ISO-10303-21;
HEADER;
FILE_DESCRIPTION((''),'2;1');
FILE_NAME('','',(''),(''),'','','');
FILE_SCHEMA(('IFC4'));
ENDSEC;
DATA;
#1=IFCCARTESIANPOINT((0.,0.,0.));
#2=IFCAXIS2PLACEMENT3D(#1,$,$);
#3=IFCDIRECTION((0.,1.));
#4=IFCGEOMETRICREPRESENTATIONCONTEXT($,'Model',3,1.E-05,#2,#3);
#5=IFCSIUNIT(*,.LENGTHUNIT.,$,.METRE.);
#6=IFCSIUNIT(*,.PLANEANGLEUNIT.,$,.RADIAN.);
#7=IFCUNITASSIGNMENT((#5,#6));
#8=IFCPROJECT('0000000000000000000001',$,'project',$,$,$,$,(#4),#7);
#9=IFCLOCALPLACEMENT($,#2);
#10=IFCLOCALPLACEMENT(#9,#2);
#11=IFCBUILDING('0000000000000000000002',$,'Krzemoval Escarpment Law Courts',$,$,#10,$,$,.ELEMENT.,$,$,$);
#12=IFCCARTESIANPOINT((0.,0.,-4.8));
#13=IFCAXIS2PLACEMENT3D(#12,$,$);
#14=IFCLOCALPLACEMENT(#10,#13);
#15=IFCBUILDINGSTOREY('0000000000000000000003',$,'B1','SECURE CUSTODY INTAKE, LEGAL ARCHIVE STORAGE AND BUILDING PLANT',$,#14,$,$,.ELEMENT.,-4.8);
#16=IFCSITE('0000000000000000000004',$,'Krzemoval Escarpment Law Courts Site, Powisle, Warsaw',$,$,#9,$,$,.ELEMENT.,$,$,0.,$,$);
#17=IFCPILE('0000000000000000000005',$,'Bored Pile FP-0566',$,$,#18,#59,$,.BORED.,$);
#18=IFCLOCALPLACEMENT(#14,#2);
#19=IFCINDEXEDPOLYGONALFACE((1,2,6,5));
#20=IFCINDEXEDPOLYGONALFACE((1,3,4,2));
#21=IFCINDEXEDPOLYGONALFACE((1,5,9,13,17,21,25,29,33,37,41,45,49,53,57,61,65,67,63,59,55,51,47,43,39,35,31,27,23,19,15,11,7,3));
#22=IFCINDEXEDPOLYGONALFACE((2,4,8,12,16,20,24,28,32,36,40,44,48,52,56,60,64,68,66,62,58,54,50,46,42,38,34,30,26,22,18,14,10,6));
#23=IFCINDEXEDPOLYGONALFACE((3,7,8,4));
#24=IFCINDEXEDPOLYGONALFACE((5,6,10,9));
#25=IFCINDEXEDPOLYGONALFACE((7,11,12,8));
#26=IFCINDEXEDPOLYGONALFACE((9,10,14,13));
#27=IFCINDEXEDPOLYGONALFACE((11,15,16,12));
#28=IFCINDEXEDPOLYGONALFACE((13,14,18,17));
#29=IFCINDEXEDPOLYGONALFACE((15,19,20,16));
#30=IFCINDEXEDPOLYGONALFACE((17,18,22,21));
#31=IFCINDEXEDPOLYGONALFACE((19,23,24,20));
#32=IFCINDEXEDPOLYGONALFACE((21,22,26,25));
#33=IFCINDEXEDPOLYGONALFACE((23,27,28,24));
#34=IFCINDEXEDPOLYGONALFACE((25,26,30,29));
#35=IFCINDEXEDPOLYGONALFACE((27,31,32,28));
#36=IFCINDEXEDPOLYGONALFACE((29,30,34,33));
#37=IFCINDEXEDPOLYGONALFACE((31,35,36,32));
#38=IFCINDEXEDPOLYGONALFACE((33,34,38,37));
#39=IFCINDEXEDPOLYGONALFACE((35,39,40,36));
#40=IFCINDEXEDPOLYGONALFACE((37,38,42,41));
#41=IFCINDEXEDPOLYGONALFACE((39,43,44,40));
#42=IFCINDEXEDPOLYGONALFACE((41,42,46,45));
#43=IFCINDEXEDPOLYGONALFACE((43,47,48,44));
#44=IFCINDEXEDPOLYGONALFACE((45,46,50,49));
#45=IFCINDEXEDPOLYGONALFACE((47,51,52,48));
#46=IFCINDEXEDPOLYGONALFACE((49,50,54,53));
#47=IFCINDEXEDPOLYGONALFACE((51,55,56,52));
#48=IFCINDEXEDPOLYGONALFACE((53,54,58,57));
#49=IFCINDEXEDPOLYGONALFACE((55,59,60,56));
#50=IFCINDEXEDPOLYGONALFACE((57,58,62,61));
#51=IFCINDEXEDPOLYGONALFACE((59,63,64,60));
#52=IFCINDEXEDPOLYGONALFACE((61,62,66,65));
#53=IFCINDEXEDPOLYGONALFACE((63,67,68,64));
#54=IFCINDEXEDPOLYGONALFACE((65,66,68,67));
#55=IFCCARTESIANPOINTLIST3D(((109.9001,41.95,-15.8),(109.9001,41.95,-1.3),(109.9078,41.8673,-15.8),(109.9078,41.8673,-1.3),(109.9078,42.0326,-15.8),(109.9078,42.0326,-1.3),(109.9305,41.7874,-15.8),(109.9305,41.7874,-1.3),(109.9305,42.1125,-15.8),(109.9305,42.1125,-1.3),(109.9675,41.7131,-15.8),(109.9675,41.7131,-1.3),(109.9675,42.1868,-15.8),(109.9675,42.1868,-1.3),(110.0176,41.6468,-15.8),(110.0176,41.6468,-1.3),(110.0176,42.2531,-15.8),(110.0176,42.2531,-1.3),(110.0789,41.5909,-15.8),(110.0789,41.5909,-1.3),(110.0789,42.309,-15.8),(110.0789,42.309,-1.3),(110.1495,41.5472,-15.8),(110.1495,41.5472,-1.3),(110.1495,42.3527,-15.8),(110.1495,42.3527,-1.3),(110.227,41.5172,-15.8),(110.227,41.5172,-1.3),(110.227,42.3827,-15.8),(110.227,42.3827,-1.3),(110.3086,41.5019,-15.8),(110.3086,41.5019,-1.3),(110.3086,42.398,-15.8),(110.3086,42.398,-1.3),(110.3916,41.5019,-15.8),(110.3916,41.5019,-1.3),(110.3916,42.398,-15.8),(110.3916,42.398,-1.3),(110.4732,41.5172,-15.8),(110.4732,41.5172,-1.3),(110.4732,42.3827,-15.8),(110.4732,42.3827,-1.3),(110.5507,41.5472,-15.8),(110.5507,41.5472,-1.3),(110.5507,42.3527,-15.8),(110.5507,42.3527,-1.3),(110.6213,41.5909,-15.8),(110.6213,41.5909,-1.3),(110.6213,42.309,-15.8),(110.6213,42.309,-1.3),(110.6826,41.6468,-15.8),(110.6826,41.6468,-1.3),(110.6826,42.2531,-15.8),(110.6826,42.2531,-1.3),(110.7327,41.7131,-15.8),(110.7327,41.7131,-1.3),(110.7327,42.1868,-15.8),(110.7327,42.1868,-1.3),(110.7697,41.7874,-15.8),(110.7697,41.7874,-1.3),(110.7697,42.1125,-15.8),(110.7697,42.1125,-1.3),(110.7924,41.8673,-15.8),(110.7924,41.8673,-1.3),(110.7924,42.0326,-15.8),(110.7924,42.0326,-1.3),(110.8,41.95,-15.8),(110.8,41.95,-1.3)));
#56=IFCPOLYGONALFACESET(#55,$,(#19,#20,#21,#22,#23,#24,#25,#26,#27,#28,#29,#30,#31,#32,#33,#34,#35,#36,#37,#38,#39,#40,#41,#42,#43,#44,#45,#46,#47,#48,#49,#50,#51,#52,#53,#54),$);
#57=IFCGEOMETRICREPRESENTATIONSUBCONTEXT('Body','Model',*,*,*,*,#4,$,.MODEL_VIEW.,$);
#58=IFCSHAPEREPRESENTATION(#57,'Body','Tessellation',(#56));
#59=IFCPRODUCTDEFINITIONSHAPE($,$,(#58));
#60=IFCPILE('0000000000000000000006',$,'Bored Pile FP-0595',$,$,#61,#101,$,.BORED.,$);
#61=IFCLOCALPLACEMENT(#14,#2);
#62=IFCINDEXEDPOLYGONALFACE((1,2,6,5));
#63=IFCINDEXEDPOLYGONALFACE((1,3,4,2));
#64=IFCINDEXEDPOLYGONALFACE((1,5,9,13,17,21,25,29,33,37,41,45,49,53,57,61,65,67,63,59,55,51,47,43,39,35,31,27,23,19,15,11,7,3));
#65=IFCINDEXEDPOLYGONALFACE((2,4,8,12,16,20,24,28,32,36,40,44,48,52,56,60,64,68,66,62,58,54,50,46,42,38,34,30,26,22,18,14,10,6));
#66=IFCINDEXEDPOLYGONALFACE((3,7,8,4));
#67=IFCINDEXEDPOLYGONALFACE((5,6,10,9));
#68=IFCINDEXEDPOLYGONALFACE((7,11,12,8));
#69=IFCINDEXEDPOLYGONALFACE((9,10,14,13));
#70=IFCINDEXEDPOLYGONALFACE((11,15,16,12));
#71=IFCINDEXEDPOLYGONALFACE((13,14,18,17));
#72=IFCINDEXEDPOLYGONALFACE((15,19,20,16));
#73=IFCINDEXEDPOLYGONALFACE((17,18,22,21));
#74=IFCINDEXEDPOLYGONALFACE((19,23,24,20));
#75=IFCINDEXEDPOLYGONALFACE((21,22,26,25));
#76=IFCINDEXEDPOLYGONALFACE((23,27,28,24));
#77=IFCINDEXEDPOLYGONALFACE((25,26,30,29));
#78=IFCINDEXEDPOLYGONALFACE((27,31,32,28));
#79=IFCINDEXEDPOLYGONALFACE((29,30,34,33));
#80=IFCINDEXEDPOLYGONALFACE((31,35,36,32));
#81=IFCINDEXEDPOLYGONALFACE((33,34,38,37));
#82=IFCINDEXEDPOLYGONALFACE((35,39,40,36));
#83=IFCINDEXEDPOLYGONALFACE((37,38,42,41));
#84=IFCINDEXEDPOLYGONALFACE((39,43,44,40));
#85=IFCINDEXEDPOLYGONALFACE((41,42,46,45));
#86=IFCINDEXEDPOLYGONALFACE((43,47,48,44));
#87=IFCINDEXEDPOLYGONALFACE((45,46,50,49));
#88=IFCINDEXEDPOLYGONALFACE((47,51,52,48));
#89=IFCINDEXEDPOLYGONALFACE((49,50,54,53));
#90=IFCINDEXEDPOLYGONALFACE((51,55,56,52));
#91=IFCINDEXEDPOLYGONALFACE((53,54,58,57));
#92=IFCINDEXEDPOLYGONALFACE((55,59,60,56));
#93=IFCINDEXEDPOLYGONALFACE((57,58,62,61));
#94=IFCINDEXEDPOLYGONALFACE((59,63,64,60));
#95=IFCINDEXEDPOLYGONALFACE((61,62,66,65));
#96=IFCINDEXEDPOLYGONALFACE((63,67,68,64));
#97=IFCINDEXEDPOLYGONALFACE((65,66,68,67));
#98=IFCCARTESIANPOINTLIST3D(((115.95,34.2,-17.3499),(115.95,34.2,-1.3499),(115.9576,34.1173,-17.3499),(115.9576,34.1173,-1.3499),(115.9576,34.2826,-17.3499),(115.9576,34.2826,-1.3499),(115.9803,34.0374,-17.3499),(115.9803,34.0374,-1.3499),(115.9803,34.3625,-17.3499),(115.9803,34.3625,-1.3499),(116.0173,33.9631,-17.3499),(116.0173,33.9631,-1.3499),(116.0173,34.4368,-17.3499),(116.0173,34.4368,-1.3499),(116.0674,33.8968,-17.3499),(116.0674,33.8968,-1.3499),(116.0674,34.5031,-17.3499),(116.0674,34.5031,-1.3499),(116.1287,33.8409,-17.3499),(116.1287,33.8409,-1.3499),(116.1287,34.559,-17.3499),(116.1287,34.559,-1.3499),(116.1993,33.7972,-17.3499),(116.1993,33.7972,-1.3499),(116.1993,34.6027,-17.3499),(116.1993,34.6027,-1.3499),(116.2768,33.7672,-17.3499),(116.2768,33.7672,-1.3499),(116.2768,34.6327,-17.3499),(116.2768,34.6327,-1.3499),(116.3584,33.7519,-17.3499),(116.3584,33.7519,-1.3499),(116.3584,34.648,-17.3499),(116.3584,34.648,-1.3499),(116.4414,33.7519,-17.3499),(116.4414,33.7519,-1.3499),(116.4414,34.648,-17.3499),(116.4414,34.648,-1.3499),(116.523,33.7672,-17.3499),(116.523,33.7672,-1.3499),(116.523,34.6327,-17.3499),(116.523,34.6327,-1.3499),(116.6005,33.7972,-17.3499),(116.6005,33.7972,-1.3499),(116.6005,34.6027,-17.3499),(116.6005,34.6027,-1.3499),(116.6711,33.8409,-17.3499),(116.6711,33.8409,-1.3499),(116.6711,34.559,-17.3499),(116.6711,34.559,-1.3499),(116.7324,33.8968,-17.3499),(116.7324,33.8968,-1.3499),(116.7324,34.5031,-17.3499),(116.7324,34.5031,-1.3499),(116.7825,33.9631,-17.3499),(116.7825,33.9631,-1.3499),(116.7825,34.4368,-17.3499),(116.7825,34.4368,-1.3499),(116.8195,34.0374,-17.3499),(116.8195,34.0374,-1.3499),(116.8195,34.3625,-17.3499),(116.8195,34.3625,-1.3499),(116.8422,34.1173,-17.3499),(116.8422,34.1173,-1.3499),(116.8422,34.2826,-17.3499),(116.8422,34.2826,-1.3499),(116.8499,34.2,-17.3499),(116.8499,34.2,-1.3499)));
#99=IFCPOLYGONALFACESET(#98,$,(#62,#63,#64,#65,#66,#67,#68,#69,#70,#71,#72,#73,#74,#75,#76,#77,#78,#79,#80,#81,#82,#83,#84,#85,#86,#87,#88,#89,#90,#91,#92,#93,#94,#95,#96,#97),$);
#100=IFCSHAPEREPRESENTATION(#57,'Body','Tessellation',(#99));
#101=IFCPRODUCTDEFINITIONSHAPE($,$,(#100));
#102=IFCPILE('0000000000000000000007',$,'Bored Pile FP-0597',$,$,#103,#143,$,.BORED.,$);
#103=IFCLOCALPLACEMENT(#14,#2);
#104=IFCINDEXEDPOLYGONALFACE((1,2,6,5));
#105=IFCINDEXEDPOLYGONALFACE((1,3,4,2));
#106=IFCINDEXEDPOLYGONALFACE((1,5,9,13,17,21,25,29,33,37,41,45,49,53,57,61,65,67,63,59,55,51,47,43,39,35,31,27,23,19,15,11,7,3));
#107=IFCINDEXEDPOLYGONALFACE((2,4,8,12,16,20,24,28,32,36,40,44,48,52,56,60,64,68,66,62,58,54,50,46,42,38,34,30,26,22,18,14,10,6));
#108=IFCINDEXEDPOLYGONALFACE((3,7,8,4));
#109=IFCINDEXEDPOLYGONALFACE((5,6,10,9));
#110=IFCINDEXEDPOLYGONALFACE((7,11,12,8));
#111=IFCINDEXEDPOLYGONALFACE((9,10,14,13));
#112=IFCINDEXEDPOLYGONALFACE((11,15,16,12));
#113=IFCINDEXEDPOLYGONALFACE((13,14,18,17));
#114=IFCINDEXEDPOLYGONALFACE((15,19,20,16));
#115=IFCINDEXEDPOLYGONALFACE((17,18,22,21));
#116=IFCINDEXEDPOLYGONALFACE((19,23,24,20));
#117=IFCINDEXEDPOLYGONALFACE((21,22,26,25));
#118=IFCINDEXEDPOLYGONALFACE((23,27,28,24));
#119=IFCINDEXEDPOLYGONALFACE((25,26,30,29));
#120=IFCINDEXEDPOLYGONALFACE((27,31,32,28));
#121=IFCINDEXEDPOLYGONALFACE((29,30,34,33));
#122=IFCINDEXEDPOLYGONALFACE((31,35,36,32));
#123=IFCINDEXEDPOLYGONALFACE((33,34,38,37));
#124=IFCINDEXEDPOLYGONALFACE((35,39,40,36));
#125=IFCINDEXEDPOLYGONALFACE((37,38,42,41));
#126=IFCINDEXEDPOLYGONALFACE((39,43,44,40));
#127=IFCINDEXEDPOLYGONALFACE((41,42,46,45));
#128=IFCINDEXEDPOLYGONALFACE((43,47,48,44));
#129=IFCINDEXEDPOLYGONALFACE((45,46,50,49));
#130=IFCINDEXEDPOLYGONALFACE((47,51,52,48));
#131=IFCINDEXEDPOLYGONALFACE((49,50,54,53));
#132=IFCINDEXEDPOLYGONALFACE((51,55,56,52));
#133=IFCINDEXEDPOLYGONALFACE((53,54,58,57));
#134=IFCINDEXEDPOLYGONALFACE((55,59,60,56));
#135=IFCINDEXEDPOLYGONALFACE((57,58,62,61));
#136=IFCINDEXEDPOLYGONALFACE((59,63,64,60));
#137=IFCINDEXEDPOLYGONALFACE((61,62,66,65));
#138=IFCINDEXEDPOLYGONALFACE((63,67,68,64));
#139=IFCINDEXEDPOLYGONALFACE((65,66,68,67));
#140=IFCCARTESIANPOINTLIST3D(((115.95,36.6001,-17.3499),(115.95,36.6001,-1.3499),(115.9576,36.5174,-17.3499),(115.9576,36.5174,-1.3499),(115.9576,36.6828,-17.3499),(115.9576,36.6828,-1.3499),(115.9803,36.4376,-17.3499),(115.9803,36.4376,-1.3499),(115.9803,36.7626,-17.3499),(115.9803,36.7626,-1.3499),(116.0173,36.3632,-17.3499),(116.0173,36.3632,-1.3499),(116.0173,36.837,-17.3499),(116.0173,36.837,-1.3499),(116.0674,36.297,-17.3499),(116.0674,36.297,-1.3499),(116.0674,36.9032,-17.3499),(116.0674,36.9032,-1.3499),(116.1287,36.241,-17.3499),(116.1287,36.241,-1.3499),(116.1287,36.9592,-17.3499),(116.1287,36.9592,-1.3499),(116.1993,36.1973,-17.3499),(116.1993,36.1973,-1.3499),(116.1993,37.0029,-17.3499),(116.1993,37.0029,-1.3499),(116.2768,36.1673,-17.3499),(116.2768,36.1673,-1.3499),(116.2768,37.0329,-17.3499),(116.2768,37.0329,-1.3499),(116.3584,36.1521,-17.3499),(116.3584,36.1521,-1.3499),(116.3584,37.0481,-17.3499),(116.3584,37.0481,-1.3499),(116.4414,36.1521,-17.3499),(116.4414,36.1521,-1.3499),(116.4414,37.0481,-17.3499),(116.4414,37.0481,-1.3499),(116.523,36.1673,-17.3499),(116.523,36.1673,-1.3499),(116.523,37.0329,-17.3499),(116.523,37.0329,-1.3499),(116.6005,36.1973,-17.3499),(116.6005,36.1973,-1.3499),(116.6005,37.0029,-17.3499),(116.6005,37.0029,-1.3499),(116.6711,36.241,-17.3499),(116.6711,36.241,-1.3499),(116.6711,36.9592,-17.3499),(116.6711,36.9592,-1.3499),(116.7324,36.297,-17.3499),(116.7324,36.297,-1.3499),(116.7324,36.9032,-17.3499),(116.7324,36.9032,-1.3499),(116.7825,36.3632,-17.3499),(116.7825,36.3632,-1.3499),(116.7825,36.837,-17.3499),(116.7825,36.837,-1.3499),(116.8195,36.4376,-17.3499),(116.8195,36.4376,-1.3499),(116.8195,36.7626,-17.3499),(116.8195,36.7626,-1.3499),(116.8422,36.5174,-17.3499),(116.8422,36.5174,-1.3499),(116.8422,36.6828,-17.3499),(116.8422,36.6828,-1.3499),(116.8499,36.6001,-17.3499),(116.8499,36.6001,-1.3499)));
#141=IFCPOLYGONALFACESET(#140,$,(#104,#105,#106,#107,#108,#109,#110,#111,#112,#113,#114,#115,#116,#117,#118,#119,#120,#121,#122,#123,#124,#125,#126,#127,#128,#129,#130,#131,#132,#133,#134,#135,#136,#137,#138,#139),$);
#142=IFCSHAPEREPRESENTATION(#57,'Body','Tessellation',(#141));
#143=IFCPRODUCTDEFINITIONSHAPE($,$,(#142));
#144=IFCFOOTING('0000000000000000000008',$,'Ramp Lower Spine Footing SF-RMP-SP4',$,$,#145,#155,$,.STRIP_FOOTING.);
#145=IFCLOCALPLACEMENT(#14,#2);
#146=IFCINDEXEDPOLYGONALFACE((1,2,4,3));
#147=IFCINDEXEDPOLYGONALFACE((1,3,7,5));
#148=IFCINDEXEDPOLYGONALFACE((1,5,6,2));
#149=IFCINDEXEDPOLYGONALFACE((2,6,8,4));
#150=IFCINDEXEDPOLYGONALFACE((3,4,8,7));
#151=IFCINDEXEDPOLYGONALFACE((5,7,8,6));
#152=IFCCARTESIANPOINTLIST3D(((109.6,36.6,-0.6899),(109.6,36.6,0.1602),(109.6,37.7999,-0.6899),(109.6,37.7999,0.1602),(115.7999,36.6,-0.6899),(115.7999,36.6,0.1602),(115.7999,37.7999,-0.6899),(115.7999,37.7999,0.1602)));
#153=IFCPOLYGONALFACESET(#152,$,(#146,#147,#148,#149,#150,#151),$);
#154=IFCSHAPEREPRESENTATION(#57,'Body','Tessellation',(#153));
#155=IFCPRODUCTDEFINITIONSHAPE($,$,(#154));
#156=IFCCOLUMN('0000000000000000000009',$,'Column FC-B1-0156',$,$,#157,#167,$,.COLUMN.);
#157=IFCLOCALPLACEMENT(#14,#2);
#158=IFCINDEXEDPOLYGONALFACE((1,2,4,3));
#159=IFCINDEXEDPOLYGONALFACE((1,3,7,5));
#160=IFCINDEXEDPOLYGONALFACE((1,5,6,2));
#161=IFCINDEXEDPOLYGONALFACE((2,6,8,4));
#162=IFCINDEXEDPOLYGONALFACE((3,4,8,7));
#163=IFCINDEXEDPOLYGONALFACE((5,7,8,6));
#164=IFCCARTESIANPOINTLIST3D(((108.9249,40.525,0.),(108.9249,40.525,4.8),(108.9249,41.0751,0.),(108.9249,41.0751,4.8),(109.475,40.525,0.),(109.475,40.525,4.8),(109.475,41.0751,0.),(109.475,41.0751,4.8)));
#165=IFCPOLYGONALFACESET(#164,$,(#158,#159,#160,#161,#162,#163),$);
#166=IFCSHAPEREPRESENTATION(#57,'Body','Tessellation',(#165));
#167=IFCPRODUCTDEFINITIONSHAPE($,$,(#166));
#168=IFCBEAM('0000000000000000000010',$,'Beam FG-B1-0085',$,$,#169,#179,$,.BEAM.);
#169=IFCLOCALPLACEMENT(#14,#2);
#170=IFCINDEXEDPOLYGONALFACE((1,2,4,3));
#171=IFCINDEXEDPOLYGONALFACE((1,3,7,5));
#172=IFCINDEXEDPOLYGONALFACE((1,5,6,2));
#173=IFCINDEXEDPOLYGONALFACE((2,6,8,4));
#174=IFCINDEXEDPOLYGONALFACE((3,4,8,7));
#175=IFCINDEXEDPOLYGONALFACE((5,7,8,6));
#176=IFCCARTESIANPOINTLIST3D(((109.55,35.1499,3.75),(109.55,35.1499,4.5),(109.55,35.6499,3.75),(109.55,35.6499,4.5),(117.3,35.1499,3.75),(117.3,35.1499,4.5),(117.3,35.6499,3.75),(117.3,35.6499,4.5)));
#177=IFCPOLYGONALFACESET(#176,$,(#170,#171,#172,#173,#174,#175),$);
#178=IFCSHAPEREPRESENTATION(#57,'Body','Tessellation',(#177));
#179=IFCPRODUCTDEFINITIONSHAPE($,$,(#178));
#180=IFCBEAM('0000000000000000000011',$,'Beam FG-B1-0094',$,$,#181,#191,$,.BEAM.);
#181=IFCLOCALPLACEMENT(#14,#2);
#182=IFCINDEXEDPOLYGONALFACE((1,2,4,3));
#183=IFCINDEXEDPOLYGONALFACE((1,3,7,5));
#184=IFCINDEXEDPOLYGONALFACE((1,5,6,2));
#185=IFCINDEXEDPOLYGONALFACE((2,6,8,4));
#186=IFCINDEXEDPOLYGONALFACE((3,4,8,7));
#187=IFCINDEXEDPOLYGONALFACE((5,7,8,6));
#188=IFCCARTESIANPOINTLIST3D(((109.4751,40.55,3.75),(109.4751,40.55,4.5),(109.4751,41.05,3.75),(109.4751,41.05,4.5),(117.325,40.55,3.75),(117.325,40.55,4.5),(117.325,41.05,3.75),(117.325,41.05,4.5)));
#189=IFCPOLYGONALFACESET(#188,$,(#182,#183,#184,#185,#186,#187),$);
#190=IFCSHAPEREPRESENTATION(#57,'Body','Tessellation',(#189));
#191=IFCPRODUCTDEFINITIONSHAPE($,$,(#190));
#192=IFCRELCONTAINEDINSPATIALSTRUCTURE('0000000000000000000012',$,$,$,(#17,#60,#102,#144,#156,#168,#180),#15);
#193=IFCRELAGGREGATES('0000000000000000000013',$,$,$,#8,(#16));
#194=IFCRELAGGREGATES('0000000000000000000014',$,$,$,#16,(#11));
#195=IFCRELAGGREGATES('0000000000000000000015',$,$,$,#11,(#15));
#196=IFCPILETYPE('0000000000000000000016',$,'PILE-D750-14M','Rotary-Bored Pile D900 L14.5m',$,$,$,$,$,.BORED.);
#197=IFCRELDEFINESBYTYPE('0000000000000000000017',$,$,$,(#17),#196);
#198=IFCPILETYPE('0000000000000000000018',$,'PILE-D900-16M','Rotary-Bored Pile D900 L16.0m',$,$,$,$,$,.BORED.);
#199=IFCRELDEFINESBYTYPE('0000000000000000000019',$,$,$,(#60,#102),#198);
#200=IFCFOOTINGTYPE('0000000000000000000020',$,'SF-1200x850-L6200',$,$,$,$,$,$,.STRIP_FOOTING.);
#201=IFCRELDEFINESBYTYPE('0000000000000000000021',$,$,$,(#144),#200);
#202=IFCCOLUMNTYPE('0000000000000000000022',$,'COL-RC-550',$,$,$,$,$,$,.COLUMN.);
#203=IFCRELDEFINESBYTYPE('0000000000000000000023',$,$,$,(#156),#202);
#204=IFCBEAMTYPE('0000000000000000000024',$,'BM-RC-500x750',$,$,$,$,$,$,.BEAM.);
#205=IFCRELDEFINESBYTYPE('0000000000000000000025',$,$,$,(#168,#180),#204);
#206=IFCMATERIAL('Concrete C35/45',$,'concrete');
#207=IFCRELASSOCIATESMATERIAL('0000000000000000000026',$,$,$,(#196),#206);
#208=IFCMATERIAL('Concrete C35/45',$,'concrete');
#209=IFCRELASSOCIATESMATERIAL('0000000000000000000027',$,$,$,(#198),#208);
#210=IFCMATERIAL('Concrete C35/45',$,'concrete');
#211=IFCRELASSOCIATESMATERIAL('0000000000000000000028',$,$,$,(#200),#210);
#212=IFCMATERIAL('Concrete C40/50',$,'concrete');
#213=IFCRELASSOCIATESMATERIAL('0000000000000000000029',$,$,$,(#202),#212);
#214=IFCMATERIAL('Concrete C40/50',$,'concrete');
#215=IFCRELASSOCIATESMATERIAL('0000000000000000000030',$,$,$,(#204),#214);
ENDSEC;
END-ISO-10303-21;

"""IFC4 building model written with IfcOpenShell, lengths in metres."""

from ifc_helpers import new_model, si_unit, direction, frame, origin, origin_2d, place, context, subcontext, project, spatial, rectangle, circle, extrude, material, material_profile, profile_set, type_object, element, save


model = new_model("IFC4")

# Units and contexts
model_context = context("Model", 3, precision=1e-05, world=origin(), true_north=direction((0.0, 1.0)))
body_context = subcontext(model_context, "Body", "Model", "MODEL_VIEW")
ifc_project = project(units=[si_unit("LENGTHUNIT", "METRE"), si_unit("PLANEANGLEUNIT", "RADIAN")], contexts=[model_context])

# Site, building, storey
site_placement = place(None, origin())
site = spatial("IfcSite", under=ifc_project, at=site_placement, Name="Krzemoval Escarpment Law Courts Site, Powisle, Warsaw", CompositionType="ELEMENT", RefElevation=0.0)
building_placement = place(site_placement, origin())
building = spatial("IfcBuilding", under=site, at=building_placement, Name="Krzemoval Escarpment Law Courts", CompositionType="ELEMENT")
storey_placement = place(building_placement, frame((0.0, 0.0, -4.8)))
storey = spatial("IfcBuildingStorey", under=building, at=storey_placement, Name="B1", Description="SECURE CUSTODY INTAKE, LEGAL ARCHIVE STORAGE AND BUILDING PLANT", CompositionType="ELEMENT", Elevation=-4.8)

# Piles
ifc_material_1 = material(Name="Concrete C35/45", Category="concrete")
ifc_material_profile_1 = material_profile(ifc_material_1, circle(Radius=0.45, at=origin_2d()), Name="PILE D900")
ifc_profile_set_1 = profile_set([ifc_material_profile_1], Name="Concrete C35/45")
pile_type_1 = type_object("IfcPileType", Name="PILE-D750-14M", Description="Rotary-Bored Pile D900 L14.5m", PredefinedType="BORED", material=ifc_profile_set_1)
for number, where, z_axis, x_axis, name in (
    (1, (110.3501, 41.95, -1.3), (0.0, 0.0, -1.0), (1.0, 0.0, 0.0), "Bored Pile FP-0566"),
):
    element("IfcPile", number, at=place(storey_placement, frame(where, z_axis=z_axis, x_axis=x_axis)), inside=storey, type_object=pile_type_1, Name=name, PredefinedType="BORED", context=body_context, shape_type="SweptSolid", body=[
        extrude(circle(Radius=0.45, at=origin_2d()), origin(), (0.0, 0.0, 1.0), 14.5),
    ])
ifc_material_2 = material(Name="Concrete C35/45", Category="concrete")
ifc_material_profile_2 = material_profile(ifc_material_2, circle(Radius=0.45, at=origin_2d()), Name="PILE D900")
ifc_profile_set_2 = profile_set([ifc_material_profile_2], Name="Concrete C35/45")
pile_type_2 = type_object("IfcPileType", Name="PILE-D900-16M", Description="Rotary-Bored Pile D900 L16.0m", PredefinedType="BORED", material=ifc_profile_set_2)
for number, where, z_axis, x_axis, name in (
    (2, (116.3999, 34.2, -1.3499), (0.0, 0.0, -1.0), (1.0, 0.0, 0.0), "Bored Pile FP-0595"),
    (3, (116.3999, 36.6001, -1.3499), (0.0, 0.0, -1.0), (1.0, 0.0, 0.0), "Bored Pile FP-0597"),
):
    element("IfcPile", number, at=place(storey_placement, frame(where, z_axis=z_axis, x_axis=x_axis)), inside=storey, type_object=pile_type_2, Name=name, PredefinedType="BORED", context=body_context, shape_type="SweptSolid", body=[
        extrude(circle(Radius=0.45, at=origin_2d()), origin(), (0.0, 0.0, 1.0), 16.0),
    ])

# Footing
ifc_material_3 = material(Name="Concrete C35/45", Category="concrete")
footing_type_1 = type_object("IfcFootingType", Name="SF-1200x850-L6200", PredefinedType="STRIP_FOOTING", material=ifc_material_3)
footing_1_placement = place(storey_placement, frame((112.7, 37.2, -0.6899), z_axis=(0.0, 0.0, 1.0), x_axis=(1.0, 0.0, 0.0)))
element("IfcFooting", 4, at=footing_1_placement, inside=storey, type_object=footing_type_1, Name="Ramp Lower Spine Footing SF-RMP-SP4", PredefinedType="STRIP_FOOTING", context=body_context, shape_type="SweptSolid", body=[
    extrude(rectangle(XDim=6.2, YDim=1.2, at=origin_2d()), origin(), (0.0, 0.0, 1.0), 0.8501),
])

# Column
ifc_material_4 = material(Name="Concrete C40/50", Category="concrete")
ifc_material_profile_3 = material_profile(ifc_material_4, rectangle(XDim=0.55, YDim=0.55, at=origin_2d()), Name="RC 550x550")
ifc_profile_set_3 = profile_set([ifc_material_profile_3], Name="Concrete C40/50")
column_type = type_object("IfcColumnType", Name="COL-RC-550", PredefinedType="COLUMN", material=ifc_profile_set_3)
column_placement = place(storey_placement, frame((109.2, 40.8, 0.0), z_axis=(0.0, 0.0, 1.0), x_axis=(1.0, 0.0, 0.0)))
element("IfcColumn", 5, at=column_placement, inside=storey, type_object=column_type, Name="Column FC-B1-0156", PredefinedType="COLUMN", context=body_context, shape_type="SweptSolid", body=[
    extrude(rectangle(XDim=0.55, YDim=0.55, at=origin_2d()), origin(), (0.0, 0.0, 1.0), 4.8),
])

# Beams
ifc_material_5 = material(Name="Concrete C40/50", Category="concrete")
ifc_material_profile_4 = material_profile(ifc_material_5, rectangle(XDim=0.5, YDim=0.75, at=origin_2d()), Name="RCB 500x750")
ifc_profile_set_4 = profile_set([ifc_material_profile_4], Name="Concrete C40/50")
beam_type_1 = type_object("IfcBeamType", Name="BM-RC-500x750", PredefinedType="BEAM", material=ifc_profile_set_4)
beam_1_placement = place(storey_placement, frame((109.55, 35.3999, 4.125), z_axis=(1.0, 0.0, 0.0), x_axis=(0.0, 1.0, 0.0)))
element("IfcBeam", 6, at=beam_1_placement, inside=storey, type_object=beam_type_1, Name="Beam FG-B1-0085", PredefinedType="BEAM", context=body_context, shape_type="SweptSolid", body=[
    extrude(rectangle(XDim=0.5, YDim=0.75, at=origin_2d()), origin(), (0.0, 0.0, 1.0), 7.75),
])
beam_2_placement = place(storey_placement, frame((109.4751, 40.8, 4.125), z_axis=(1.0, 0.0, 0.0), x_axis=(0.0, 1.0, 0.0)))
element("IfcBeam", 7, at=beam_2_placement, inside=storey, type_object=beam_type_1, Name="Beam FG-B1-0094", PredefinedType="BEAM", context=body_context, shape_type="SweptSolid", body=[
    extrude(rectangle(XDim=0.5, YDim=0.75, at=origin_2d()), origin(), (0.0, 0.0, 1.0), 7.8499),
])

save(model, "model.ifc")
